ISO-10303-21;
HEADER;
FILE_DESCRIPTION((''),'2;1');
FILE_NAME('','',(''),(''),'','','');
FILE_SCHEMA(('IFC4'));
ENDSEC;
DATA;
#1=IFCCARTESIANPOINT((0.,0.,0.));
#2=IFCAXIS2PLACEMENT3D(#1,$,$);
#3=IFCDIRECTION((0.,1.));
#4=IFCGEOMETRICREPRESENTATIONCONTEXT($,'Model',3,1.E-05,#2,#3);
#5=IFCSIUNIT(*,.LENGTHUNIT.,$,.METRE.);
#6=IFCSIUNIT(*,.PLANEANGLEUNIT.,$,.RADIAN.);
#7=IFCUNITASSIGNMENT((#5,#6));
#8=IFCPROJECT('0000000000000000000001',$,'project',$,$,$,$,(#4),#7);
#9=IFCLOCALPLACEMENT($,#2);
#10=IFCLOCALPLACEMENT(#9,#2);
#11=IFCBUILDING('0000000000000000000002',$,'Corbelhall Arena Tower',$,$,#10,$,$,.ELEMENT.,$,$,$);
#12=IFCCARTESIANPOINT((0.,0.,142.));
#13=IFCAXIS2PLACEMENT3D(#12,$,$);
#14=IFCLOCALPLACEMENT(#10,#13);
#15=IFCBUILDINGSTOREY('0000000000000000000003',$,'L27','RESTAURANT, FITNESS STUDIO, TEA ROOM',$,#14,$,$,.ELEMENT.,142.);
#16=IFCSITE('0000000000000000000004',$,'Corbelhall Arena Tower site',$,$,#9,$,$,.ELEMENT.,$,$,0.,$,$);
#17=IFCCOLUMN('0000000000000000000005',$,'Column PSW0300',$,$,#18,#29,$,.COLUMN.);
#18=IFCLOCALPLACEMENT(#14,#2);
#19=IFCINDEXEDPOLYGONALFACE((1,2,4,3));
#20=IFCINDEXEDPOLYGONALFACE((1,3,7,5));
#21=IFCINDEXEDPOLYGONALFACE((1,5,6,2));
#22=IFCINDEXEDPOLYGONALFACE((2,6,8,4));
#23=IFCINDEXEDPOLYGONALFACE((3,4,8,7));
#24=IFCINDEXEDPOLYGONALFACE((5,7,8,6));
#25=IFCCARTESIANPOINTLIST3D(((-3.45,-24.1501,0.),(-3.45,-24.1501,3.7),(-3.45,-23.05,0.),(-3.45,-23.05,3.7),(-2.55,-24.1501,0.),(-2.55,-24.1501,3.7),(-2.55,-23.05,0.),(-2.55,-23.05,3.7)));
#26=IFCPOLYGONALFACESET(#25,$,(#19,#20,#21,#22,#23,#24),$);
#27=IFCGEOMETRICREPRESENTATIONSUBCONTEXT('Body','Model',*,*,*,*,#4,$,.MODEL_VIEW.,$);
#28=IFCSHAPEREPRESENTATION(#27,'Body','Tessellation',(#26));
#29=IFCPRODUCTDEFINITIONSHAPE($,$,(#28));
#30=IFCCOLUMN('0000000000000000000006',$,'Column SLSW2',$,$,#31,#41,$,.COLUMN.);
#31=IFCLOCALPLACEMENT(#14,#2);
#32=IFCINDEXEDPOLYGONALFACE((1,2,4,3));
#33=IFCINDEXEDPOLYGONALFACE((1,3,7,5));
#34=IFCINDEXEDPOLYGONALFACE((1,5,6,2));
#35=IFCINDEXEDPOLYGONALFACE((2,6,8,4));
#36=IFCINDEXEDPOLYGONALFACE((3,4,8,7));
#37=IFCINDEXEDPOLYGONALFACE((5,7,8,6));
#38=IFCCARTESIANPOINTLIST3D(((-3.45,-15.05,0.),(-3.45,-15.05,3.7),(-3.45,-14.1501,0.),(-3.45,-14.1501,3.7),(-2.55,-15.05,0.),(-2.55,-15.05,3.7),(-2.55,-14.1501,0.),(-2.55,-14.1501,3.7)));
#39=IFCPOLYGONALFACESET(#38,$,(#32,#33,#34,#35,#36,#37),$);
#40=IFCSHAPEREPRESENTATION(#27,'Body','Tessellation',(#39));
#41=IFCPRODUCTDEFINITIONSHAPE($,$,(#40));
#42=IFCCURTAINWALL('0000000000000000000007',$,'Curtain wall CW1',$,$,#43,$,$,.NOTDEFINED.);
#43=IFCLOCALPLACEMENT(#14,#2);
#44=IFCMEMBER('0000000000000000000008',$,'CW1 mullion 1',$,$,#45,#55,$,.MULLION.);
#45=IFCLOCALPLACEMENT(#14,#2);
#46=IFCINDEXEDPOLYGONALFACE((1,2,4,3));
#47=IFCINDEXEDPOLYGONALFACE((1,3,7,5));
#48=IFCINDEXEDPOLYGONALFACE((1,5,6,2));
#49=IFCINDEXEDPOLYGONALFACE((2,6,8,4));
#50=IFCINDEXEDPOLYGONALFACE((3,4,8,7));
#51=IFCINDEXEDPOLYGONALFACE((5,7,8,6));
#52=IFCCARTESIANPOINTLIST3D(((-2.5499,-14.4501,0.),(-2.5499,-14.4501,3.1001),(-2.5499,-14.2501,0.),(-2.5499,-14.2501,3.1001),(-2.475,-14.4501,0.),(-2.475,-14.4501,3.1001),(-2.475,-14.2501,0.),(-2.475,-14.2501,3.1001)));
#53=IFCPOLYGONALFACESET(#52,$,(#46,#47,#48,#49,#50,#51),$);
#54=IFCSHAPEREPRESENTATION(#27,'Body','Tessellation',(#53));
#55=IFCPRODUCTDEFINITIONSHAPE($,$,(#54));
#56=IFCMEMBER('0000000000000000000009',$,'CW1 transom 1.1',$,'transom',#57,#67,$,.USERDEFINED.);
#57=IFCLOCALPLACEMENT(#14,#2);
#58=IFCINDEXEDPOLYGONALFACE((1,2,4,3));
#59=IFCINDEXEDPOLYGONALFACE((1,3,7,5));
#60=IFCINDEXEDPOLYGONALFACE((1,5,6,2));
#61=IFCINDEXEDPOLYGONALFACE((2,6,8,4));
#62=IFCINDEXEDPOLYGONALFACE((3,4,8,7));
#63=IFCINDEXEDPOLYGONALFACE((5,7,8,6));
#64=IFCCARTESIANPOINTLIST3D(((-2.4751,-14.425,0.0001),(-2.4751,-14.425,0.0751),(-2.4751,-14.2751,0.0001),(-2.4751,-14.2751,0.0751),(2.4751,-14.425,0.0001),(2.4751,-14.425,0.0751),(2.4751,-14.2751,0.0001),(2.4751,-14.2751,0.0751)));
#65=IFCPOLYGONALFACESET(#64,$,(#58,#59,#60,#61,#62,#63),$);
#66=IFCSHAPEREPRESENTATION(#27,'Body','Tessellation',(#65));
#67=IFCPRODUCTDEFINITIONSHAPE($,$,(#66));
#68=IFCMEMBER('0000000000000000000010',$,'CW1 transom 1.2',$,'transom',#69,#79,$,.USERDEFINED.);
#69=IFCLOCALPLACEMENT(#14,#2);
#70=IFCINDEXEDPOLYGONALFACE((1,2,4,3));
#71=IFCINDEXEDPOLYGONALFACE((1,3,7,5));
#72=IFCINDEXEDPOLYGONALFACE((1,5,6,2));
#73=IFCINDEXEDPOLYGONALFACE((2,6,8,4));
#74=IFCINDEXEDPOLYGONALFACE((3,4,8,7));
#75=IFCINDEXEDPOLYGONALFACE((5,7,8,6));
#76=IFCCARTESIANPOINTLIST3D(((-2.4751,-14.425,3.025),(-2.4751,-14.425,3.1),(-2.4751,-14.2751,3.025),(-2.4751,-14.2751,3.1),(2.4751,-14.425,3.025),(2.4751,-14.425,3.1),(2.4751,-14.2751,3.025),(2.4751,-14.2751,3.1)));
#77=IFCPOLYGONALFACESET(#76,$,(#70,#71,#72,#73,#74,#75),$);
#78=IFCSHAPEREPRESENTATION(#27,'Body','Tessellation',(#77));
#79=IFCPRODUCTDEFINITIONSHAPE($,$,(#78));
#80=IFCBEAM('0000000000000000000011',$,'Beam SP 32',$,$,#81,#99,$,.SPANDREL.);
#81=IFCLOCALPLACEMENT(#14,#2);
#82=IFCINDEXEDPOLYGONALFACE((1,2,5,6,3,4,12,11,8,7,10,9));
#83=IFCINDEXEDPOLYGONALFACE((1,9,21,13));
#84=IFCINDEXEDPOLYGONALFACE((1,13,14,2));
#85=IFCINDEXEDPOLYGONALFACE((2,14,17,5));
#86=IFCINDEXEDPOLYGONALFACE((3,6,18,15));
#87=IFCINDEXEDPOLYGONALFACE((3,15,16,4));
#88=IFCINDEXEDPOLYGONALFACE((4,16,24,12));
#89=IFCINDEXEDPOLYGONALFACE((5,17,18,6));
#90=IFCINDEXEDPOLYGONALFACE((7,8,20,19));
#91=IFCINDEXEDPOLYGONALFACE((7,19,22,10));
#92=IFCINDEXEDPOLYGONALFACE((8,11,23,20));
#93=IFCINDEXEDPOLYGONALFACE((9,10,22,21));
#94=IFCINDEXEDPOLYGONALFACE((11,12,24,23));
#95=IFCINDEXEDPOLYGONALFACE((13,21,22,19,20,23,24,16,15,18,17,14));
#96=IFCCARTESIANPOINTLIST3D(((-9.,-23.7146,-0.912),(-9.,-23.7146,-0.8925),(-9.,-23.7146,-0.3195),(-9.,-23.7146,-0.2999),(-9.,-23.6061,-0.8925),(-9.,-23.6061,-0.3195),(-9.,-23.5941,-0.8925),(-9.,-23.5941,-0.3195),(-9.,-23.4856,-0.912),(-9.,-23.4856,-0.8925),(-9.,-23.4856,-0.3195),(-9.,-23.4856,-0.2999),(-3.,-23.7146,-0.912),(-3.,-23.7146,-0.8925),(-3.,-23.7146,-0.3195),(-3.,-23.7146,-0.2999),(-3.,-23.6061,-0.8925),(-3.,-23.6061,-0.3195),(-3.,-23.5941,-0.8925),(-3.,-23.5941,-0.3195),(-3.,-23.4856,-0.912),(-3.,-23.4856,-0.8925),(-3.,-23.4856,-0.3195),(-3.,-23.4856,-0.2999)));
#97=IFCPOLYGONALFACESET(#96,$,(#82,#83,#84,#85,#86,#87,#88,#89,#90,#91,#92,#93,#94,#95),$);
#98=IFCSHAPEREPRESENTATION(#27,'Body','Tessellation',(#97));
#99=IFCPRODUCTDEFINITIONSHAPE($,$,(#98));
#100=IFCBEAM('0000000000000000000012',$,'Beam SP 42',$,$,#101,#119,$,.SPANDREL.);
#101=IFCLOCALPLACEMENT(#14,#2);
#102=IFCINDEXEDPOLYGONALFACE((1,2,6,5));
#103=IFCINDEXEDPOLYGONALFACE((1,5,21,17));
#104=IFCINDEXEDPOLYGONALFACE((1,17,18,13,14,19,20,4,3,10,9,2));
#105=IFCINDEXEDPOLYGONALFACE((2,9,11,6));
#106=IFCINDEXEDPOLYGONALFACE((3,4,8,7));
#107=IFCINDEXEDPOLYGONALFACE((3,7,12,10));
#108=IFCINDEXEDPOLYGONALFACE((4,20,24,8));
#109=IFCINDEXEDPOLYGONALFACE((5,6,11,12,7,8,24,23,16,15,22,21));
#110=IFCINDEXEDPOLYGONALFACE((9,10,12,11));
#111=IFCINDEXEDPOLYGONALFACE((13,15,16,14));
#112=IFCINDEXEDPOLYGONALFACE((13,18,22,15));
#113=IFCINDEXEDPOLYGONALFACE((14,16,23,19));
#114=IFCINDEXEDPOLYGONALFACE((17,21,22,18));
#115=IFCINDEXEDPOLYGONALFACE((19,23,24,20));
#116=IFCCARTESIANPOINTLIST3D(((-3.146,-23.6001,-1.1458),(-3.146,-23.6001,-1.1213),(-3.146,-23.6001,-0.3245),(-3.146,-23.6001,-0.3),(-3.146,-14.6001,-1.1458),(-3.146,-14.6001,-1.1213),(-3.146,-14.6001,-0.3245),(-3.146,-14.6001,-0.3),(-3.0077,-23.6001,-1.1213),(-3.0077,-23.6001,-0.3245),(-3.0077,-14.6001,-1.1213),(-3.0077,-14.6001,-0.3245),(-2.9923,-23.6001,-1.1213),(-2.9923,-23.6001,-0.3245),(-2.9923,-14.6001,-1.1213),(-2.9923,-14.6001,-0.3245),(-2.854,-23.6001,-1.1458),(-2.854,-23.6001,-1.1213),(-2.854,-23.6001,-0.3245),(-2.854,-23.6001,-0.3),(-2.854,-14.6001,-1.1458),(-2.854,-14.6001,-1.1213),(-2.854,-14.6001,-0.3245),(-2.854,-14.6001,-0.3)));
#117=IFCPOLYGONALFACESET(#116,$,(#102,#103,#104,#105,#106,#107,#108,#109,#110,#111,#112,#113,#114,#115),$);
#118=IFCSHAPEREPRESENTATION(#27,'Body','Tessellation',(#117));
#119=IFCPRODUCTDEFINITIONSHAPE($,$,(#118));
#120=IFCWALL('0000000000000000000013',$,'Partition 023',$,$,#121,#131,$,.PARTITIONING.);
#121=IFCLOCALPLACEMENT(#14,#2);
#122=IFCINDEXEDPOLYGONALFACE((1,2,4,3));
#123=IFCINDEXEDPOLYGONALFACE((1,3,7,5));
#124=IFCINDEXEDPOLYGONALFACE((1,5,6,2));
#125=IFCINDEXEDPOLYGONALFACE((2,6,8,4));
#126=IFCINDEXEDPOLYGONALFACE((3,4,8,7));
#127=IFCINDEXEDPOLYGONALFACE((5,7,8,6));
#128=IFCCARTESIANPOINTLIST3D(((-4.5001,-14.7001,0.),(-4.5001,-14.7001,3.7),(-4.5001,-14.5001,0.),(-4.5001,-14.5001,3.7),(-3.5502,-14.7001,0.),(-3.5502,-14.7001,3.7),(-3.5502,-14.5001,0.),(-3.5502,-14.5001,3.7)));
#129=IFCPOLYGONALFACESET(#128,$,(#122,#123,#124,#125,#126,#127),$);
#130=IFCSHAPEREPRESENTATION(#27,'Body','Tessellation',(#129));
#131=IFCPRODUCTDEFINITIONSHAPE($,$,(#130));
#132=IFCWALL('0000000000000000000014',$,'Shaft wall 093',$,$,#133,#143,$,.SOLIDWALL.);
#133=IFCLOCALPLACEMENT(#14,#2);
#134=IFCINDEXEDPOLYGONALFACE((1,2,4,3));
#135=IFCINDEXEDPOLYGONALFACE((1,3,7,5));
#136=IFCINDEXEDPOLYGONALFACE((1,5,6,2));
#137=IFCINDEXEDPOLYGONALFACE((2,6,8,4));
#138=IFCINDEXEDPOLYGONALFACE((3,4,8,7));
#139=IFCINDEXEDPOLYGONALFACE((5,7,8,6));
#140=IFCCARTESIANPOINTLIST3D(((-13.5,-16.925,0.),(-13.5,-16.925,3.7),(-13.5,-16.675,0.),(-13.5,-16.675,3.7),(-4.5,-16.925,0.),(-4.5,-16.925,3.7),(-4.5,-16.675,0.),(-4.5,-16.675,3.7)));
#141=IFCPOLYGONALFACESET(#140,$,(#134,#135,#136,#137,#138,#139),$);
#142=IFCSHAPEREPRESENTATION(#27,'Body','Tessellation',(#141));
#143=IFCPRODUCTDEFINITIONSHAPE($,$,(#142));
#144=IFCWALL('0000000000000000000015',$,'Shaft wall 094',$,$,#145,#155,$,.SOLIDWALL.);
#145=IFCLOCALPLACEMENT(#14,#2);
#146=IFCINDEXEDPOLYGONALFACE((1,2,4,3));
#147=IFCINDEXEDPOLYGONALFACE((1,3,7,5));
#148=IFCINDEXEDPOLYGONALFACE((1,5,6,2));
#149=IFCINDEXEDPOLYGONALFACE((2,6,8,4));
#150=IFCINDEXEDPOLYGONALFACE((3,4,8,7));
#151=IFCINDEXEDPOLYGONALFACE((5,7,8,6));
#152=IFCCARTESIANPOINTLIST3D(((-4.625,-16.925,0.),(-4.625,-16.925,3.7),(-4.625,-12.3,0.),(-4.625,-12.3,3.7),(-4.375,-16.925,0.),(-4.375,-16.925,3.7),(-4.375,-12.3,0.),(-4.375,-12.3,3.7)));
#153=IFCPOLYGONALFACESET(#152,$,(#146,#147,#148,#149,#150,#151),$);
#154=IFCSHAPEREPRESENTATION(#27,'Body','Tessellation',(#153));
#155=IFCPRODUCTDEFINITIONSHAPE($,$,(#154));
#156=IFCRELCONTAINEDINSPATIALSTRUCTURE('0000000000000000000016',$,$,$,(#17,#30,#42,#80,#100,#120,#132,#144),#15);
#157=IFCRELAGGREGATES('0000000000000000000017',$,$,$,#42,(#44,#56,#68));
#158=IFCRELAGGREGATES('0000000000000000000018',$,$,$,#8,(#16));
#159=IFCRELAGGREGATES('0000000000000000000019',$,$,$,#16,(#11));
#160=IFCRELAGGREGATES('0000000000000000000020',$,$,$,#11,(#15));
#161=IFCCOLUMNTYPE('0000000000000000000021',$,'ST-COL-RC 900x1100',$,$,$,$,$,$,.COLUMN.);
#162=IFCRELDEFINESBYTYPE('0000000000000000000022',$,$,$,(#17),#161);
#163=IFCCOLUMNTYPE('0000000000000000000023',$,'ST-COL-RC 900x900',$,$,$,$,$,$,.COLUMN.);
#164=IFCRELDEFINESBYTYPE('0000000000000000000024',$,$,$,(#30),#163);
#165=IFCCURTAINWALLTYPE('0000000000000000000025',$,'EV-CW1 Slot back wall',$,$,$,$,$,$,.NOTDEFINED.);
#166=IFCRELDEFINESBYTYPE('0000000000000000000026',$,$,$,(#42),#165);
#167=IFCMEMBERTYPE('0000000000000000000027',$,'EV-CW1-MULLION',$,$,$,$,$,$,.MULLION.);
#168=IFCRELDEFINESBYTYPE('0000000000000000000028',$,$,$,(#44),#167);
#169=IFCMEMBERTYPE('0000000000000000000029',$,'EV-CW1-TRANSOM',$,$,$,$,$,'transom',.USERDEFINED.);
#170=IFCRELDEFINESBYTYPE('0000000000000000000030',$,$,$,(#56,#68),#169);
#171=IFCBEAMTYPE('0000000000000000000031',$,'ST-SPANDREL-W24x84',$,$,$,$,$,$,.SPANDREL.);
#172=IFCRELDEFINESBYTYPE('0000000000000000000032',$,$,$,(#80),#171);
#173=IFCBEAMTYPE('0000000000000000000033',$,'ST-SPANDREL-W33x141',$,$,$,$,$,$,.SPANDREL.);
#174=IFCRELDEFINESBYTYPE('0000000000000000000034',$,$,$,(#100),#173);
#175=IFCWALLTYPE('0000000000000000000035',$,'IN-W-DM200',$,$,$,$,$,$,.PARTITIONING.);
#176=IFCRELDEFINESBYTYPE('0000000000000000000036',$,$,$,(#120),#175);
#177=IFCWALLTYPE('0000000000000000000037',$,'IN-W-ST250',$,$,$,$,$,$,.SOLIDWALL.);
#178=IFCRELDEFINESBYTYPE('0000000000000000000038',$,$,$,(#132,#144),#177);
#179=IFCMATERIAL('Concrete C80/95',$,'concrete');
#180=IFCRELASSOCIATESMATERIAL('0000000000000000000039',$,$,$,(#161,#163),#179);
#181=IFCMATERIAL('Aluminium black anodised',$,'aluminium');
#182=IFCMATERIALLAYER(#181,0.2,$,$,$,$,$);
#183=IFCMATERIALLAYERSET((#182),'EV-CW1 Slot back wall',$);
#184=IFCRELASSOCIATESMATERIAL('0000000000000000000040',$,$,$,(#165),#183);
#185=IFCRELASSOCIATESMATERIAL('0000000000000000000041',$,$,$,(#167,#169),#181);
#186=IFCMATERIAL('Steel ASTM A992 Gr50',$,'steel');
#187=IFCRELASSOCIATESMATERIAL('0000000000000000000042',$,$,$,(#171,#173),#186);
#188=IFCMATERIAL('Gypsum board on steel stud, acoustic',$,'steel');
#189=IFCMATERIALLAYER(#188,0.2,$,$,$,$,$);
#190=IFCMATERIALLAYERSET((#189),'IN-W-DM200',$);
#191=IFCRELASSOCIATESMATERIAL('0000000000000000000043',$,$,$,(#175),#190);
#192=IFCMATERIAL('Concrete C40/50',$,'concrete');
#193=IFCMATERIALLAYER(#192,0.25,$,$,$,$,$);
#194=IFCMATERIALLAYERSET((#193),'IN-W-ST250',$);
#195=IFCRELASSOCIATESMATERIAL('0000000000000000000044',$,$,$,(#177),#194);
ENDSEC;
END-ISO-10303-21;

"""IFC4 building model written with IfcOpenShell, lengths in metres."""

from ifc_helpers import new_model, si_unit, direction, frame, frame_2d, origin, origin_2d, place, context, subcontext, project, spatial, rectangle, i_section, extrude, material, layer, layer_set, material_profile, profile_set, type_object, element, aggregate, save


model = new_model("IFC4")

# Units and contexts
model_context = context("Model", 3, precision=1e-05, world=origin(), true_north=direction((0.0, 1.0)))
body_context = subcontext(model_context, "Body", "Model", "MODEL_VIEW")
ifc_project = project(units=[si_unit("LENGTHUNIT", "METRE"), si_unit("PLANEANGLEUNIT", "RADIAN")], contexts=[model_context])

# Site, building, storey
site_placement = place(None, origin())
site = spatial("IfcSite", under=ifc_project, at=site_placement, Name="Corbelhall Arena Tower site", CompositionType="ELEMENT", RefElevation=0.0)
building_placement = place(site_placement, origin())
building = spatial("IfcBuilding", under=site, at=building_placement, Name="Corbelhall Arena Tower", CompositionType="ELEMENT")
storey_placement = place(building_placement, frame((0.0, 0.0, 142.0)))
storey = spatial("IfcBuildingStorey", under=building, at=storey_placement, Name="L27", Description="RESTAURANT, FITNESS STUDIO, TEA ROOM", CompositionType="ELEMENT", Elevation=142.0)

# Columns
ifc_material_1 = material(Name="Concrete C80/95", Category="concrete")
ifc_material_profile_1 = material_profile(ifc_material_1, rectangle(XDim=0.8999, YDim=1.1001, at=origin_2d()))
ifc_profile_set_1 = profile_set([ifc_material_profile_1], Name="Concrete C80/95")
column_type_1 = type_object("IfcColumnType", Name="ST-COL-RC 900x1100", PredefinedType="COLUMN", material=ifc_profile_set_1)
column_1_placement = place(storey_placement, frame((-3.0, -23.6001, 0.0), z_axis=(0.0, 0.0, 1.0), x_axis=(1.0, 0.0, 0.0)))
element("IfcColumn", 1, at=column_1_placement, inside=storey, type_object=column_type_1, Name="Column PSW0300", PredefinedType="COLUMN", context=body_context, shape_type="SweptSolid", body=[
    extrude(rectangle(XDim=0.8999, YDim=1.1001, at=origin_2d()), origin(), (0.0, 0.0, 1.0), 3.7),
])
ifc_material_profile_2 = material_profile(ifc_material_1, rectangle(XDim=0.8999, YDim=0.8999, at=origin_2d()))
ifc_profile_set_2 = profile_set([ifc_material_profile_2], Name="Concrete C80/95")
column_type_2 = type_object("IfcColumnType", Name="ST-COL-RC 900x900", PredefinedType="COLUMN", material=ifc_profile_set_2)
column_2_placement = place(storey_placement, frame((-3.0, -14.6001, 0.0), z_axis=(0.0, 0.0, 1.0), x_axis=(1.0, 0.0, 0.0)))
element("IfcColumn", 2, at=column_2_placement, inside=storey, type_object=column_type_2, Name="Column SLSW2", PredefinedType="COLUMN", context=body_context, shape_type="SweptSolid", body=[
    extrude(rectangle(XDim=0.8999, YDim=0.8999, at=origin_2d()), origin(), (0.0, 0.0, 1.0), 3.7),
])

# Curtain wall, members
ifc_material_2 = material(Name="Aluminium black anodised", Category="aluminium")
ifc_layer_1 = layer(ifc_material_2, 0.2)
ifc_layer_set_1 = layer_set([ifc_layer_1], Name="EV-CW1 Slot back wall")
curtain_wall_type = type_object("IfcCurtainWallType", Name="EV-CW1 Slot back wall", PredefinedType="NOTDEFINED", material=ifc_layer_set_1)
curtain_wall_placement = place(storey_placement, origin())
curtain_wall = element("IfcCurtainWall", 3, at=curtain_wall_placement, inside=storey, type_object=curtain_wall_type, Name="Curtain wall CW1", PredefinedType="NOTDEFINED")
ifc_material_profile_3 = material_profile(ifc_material_2, rectangle(XDim=0.2, YDim=0.075, at=origin_2d()))
ifc_profile_set_3 = profile_set([ifc_material_profile_3], Name="Aluminium black anodised")
member_type_1 = type_object("IfcMemberType", Name="EV-CW1-MULLION", PredefinedType="MULLION", material=ifc_profile_set_3)
member_1_placement = place(storey_placement, frame((-2.5125, -14.3501, 0.0), z_axis=(0.0, 0.0, 1.0), x_axis=(0.0, 1.0, 0.0)))
member_1 = element("IfcMember", 4, at=member_1_placement, type_object=member_type_1, Name="CW1 mullion 1", PredefinedType="MULLION", context=body_context, shape_type="SweptSolid", body=[
    extrude(rectangle(XDim=0.2, YDim=0.075, at=origin_2d()), origin(), (0.0, 0.0, 1.0), 3.1001),
])
ifc_material_profile_4 = material_profile(ifc_material_2, rectangle(XDim=0.1499, YDim=0.075, at=origin_2d()))
ifc_profile_set_4 = profile_set([ifc_material_profile_4], Name="Aluminium black anodised")
member_type_2 = type_object("IfcMemberType", Name="EV-CW1-TRANSOM", ElementType="transom", PredefinedType="USERDEFINED", material=ifc_profile_set_4)
member_2_placement = place(storey_placement, frame((-2.4751, -14.3501, 0.0376), z_axis=(1.0, 0.0, 0.0), x_axis=(0.0, 1.0, 0.0)))
member_2 = element("IfcMember", 5, at=member_2_placement, type_object=member_type_2, Name="CW1 transom 1.1", ObjectType="transom", PredefinedType="USERDEFINED", context=body_context, shape_type="SweptSolid", body=[
    extrude(rectangle(XDim=0.1499, YDim=0.075, at=origin_2d()), origin(), (0.0, 0.0, 1.0), 4.9502),
])
member_3_placement = place(storey_placement, frame((-2.4751, -14.3501, 3.0625), z_axis=(1.0, 0.0, 0.0), x_axis=(0.0, 1.0, 0.0)))
member_3 = element("IfcMember", 6, at=member_3_placement, type_object=member_type_2, Name="CW1 transom 1.2", ObjectType="transom", PredefinedType="USERDEFINED", context=body_context, shape_type="SweptSolid", body=[
    extrude(rectangle(XDim=0.1499, YDim=0.075, at=origin_2d()), origin(), (0.0, 0.0, 1.0), 4.9502),
])
aggregate(curtain_wall, [member_1, member_2, member_3])

# Beams
ifc_material_3 = material(Name="Steel ASTM A992 Gr50", Category="steel")
ifc_material_profile_5 = material_profile(ifc_material_3, i_section(OverallWidth=0.229, OverallDepth=0.6121, WebThickness=0.012, FlangeThickness=0.0195, at=origin_2d()))
ifc_profile_set_5 = profile_set([ifc_material_profile_5], Name="Steel ASTM A992 Gr50")
beam_type_1 = type_object("IfcBeamType", Name="ST-SPANDREL-W24x84", PredefinedType="SPANDREL", material=ifc_profile_set_5)
beam_1_placement = place(storey_placement, frame((-3.0, -23.6001, -0.606), z_axis=(-1.0, 0.0, 0.0), x_axis=(0.0, -1.0, 0.0)))
element("IfcBeam", 7, at=beam_1_placement, inside=storey, type_object=beam_type_1, Name="Beam SP 32", PredefinedType="SPANDREL", context=body_context, shape_type="SweptSolid", body=[
    extrude(i_section(OverallWidth=0.229, OverallDepth=0.6121, WebThickness=0.012, FlangeThickness=0.0195, at=origin_2d()), origin(), (0.0, 0.0, 1.0), 6.0),
])
ifc_material_profile_6 = material_profile(ifc_material_3, i_section(OverallWidth=0.292, OverallDepth=0.8457, WebThickness=0.0154, FlangeThickness=0.0244, at=origin_2d()))
ifc_profile_set_6 = profile_set([ifc_material_profile_6], Name="Steel ASTM A992 Gr50")
beam_type_2 = type_object("IfcBeamType", Name="ST-SPANDREL-W33x141", PredefinedType="SPANDREL", material=ifc_profile_set_6)
beam_2_placement = place(storey_placement, frame((-3.0, -14.6001, -0.7229), z_axis=(0.0, -1.0, 0.0), x_axis=(1.0, 0.0, 0.0)))
element("IfcBeam", 8, at=beam_2_placement, inside=storey, type_object=beam_type_2, Name="Beam SP 42", PredefinedType="SPANDREL", context=body_context, shape_type="SweptSolid", body=[
    extrude(i_section(OverallWidth=0.292, OverallDepth=0.8457, WebThickness=0.0154, FlangeThickness=0.0244, at=origin_2d()), origin(), (0.0, 0.0, 1.0), 9.0),
])

# Walls
ifc_material_4 = material(Name="Gypsum board on steel stud, acoustic", Category="steel")
ifc_layer_2 = layer(ifc_material_4, 0.2)
ifc_layer_set_2 = layer_set([ifc_layer_2], Name="IN-W-DM200")
wall_type_1 = type_object("IfcWallType", Name="IN-W-DM200", PredefinedType="PARTITIONING", material=ifc_layer_set_2)
wall_1_placement = place(storey_placement, frame((-3.55, -14.6001, 0.0), z_axis=(0.0, 0.0, 1.0), x_axis=(-1.0, 0.0, 0.0)))
element("IfcWall", 9, at=wall_1_placement, inside=storey, type_object=wall_type_1, Name="Partition 023", PredefinedType="PARTITIONING", context=body_context, shape_type="SweptSolid", body=[
    extrude(rectangle(XDim=0.95, YDim=0.2, at=frame_2d((0.4751, 0.0))), origin(), (0.0, 0.0, 1.0), 3.7),
])
ifc_material_5 = material(Name="Concrete C40/50", Category="concrete")
ifc_layer_3 = layer(ifc_material_5, 0.25)
ifc_layer_set_3 = layer_set([ifc_layer_3], Name="IN-W-ST250")
wall_type_2 = type_object("IfcWallType", Name="IN-W-ST250", PredefinedType="SOLIDWALL", material=ifc_layer_set_3)
wall_2_placement = place(storey_placement, frame((-4.5, -16.8, 0.0), z_axis=(0.0, 0.0, 1.0), x_axis=(-1.0, 0.0, 0.0)))
element("IfcWall", 10, at=wall_2_placement, inside=storey, type_object=wall_type_2, Name="Shaft wall 093", PredefinedType="SOLIDWALL", context=body_context, shape_type="SweptSolid", body=[
    extrude(rectangle(XDim=9.0, YDim=0.25, at=frame_2d((4.5, 0.0))), origin(), (0.0, 0.0, 1.0), 3.7),
])
wall_3_placement = place(storey_placement, frame((-4.5, -12.3, 0.0), z_axis=(0.0, 0.0, 1.0), x_axis=(0.0, -1.0, 0.0)))
element("IfcWall", 11, at=wall_3_placement, inside=storey, type_object=wall_type_2, Name="Shaft wall 094", PredefinedType="SOLIDWALL", context=body_context, shape_type="SweptSolid", body=[
    extrude(rectangle(XDim=4.625, YDim=0.25, at=frame_2d((2.3125, 0.0))), origin(), (0.0, 0.0, 1.0), 3.7),
])

save(model, "model.ifc")
